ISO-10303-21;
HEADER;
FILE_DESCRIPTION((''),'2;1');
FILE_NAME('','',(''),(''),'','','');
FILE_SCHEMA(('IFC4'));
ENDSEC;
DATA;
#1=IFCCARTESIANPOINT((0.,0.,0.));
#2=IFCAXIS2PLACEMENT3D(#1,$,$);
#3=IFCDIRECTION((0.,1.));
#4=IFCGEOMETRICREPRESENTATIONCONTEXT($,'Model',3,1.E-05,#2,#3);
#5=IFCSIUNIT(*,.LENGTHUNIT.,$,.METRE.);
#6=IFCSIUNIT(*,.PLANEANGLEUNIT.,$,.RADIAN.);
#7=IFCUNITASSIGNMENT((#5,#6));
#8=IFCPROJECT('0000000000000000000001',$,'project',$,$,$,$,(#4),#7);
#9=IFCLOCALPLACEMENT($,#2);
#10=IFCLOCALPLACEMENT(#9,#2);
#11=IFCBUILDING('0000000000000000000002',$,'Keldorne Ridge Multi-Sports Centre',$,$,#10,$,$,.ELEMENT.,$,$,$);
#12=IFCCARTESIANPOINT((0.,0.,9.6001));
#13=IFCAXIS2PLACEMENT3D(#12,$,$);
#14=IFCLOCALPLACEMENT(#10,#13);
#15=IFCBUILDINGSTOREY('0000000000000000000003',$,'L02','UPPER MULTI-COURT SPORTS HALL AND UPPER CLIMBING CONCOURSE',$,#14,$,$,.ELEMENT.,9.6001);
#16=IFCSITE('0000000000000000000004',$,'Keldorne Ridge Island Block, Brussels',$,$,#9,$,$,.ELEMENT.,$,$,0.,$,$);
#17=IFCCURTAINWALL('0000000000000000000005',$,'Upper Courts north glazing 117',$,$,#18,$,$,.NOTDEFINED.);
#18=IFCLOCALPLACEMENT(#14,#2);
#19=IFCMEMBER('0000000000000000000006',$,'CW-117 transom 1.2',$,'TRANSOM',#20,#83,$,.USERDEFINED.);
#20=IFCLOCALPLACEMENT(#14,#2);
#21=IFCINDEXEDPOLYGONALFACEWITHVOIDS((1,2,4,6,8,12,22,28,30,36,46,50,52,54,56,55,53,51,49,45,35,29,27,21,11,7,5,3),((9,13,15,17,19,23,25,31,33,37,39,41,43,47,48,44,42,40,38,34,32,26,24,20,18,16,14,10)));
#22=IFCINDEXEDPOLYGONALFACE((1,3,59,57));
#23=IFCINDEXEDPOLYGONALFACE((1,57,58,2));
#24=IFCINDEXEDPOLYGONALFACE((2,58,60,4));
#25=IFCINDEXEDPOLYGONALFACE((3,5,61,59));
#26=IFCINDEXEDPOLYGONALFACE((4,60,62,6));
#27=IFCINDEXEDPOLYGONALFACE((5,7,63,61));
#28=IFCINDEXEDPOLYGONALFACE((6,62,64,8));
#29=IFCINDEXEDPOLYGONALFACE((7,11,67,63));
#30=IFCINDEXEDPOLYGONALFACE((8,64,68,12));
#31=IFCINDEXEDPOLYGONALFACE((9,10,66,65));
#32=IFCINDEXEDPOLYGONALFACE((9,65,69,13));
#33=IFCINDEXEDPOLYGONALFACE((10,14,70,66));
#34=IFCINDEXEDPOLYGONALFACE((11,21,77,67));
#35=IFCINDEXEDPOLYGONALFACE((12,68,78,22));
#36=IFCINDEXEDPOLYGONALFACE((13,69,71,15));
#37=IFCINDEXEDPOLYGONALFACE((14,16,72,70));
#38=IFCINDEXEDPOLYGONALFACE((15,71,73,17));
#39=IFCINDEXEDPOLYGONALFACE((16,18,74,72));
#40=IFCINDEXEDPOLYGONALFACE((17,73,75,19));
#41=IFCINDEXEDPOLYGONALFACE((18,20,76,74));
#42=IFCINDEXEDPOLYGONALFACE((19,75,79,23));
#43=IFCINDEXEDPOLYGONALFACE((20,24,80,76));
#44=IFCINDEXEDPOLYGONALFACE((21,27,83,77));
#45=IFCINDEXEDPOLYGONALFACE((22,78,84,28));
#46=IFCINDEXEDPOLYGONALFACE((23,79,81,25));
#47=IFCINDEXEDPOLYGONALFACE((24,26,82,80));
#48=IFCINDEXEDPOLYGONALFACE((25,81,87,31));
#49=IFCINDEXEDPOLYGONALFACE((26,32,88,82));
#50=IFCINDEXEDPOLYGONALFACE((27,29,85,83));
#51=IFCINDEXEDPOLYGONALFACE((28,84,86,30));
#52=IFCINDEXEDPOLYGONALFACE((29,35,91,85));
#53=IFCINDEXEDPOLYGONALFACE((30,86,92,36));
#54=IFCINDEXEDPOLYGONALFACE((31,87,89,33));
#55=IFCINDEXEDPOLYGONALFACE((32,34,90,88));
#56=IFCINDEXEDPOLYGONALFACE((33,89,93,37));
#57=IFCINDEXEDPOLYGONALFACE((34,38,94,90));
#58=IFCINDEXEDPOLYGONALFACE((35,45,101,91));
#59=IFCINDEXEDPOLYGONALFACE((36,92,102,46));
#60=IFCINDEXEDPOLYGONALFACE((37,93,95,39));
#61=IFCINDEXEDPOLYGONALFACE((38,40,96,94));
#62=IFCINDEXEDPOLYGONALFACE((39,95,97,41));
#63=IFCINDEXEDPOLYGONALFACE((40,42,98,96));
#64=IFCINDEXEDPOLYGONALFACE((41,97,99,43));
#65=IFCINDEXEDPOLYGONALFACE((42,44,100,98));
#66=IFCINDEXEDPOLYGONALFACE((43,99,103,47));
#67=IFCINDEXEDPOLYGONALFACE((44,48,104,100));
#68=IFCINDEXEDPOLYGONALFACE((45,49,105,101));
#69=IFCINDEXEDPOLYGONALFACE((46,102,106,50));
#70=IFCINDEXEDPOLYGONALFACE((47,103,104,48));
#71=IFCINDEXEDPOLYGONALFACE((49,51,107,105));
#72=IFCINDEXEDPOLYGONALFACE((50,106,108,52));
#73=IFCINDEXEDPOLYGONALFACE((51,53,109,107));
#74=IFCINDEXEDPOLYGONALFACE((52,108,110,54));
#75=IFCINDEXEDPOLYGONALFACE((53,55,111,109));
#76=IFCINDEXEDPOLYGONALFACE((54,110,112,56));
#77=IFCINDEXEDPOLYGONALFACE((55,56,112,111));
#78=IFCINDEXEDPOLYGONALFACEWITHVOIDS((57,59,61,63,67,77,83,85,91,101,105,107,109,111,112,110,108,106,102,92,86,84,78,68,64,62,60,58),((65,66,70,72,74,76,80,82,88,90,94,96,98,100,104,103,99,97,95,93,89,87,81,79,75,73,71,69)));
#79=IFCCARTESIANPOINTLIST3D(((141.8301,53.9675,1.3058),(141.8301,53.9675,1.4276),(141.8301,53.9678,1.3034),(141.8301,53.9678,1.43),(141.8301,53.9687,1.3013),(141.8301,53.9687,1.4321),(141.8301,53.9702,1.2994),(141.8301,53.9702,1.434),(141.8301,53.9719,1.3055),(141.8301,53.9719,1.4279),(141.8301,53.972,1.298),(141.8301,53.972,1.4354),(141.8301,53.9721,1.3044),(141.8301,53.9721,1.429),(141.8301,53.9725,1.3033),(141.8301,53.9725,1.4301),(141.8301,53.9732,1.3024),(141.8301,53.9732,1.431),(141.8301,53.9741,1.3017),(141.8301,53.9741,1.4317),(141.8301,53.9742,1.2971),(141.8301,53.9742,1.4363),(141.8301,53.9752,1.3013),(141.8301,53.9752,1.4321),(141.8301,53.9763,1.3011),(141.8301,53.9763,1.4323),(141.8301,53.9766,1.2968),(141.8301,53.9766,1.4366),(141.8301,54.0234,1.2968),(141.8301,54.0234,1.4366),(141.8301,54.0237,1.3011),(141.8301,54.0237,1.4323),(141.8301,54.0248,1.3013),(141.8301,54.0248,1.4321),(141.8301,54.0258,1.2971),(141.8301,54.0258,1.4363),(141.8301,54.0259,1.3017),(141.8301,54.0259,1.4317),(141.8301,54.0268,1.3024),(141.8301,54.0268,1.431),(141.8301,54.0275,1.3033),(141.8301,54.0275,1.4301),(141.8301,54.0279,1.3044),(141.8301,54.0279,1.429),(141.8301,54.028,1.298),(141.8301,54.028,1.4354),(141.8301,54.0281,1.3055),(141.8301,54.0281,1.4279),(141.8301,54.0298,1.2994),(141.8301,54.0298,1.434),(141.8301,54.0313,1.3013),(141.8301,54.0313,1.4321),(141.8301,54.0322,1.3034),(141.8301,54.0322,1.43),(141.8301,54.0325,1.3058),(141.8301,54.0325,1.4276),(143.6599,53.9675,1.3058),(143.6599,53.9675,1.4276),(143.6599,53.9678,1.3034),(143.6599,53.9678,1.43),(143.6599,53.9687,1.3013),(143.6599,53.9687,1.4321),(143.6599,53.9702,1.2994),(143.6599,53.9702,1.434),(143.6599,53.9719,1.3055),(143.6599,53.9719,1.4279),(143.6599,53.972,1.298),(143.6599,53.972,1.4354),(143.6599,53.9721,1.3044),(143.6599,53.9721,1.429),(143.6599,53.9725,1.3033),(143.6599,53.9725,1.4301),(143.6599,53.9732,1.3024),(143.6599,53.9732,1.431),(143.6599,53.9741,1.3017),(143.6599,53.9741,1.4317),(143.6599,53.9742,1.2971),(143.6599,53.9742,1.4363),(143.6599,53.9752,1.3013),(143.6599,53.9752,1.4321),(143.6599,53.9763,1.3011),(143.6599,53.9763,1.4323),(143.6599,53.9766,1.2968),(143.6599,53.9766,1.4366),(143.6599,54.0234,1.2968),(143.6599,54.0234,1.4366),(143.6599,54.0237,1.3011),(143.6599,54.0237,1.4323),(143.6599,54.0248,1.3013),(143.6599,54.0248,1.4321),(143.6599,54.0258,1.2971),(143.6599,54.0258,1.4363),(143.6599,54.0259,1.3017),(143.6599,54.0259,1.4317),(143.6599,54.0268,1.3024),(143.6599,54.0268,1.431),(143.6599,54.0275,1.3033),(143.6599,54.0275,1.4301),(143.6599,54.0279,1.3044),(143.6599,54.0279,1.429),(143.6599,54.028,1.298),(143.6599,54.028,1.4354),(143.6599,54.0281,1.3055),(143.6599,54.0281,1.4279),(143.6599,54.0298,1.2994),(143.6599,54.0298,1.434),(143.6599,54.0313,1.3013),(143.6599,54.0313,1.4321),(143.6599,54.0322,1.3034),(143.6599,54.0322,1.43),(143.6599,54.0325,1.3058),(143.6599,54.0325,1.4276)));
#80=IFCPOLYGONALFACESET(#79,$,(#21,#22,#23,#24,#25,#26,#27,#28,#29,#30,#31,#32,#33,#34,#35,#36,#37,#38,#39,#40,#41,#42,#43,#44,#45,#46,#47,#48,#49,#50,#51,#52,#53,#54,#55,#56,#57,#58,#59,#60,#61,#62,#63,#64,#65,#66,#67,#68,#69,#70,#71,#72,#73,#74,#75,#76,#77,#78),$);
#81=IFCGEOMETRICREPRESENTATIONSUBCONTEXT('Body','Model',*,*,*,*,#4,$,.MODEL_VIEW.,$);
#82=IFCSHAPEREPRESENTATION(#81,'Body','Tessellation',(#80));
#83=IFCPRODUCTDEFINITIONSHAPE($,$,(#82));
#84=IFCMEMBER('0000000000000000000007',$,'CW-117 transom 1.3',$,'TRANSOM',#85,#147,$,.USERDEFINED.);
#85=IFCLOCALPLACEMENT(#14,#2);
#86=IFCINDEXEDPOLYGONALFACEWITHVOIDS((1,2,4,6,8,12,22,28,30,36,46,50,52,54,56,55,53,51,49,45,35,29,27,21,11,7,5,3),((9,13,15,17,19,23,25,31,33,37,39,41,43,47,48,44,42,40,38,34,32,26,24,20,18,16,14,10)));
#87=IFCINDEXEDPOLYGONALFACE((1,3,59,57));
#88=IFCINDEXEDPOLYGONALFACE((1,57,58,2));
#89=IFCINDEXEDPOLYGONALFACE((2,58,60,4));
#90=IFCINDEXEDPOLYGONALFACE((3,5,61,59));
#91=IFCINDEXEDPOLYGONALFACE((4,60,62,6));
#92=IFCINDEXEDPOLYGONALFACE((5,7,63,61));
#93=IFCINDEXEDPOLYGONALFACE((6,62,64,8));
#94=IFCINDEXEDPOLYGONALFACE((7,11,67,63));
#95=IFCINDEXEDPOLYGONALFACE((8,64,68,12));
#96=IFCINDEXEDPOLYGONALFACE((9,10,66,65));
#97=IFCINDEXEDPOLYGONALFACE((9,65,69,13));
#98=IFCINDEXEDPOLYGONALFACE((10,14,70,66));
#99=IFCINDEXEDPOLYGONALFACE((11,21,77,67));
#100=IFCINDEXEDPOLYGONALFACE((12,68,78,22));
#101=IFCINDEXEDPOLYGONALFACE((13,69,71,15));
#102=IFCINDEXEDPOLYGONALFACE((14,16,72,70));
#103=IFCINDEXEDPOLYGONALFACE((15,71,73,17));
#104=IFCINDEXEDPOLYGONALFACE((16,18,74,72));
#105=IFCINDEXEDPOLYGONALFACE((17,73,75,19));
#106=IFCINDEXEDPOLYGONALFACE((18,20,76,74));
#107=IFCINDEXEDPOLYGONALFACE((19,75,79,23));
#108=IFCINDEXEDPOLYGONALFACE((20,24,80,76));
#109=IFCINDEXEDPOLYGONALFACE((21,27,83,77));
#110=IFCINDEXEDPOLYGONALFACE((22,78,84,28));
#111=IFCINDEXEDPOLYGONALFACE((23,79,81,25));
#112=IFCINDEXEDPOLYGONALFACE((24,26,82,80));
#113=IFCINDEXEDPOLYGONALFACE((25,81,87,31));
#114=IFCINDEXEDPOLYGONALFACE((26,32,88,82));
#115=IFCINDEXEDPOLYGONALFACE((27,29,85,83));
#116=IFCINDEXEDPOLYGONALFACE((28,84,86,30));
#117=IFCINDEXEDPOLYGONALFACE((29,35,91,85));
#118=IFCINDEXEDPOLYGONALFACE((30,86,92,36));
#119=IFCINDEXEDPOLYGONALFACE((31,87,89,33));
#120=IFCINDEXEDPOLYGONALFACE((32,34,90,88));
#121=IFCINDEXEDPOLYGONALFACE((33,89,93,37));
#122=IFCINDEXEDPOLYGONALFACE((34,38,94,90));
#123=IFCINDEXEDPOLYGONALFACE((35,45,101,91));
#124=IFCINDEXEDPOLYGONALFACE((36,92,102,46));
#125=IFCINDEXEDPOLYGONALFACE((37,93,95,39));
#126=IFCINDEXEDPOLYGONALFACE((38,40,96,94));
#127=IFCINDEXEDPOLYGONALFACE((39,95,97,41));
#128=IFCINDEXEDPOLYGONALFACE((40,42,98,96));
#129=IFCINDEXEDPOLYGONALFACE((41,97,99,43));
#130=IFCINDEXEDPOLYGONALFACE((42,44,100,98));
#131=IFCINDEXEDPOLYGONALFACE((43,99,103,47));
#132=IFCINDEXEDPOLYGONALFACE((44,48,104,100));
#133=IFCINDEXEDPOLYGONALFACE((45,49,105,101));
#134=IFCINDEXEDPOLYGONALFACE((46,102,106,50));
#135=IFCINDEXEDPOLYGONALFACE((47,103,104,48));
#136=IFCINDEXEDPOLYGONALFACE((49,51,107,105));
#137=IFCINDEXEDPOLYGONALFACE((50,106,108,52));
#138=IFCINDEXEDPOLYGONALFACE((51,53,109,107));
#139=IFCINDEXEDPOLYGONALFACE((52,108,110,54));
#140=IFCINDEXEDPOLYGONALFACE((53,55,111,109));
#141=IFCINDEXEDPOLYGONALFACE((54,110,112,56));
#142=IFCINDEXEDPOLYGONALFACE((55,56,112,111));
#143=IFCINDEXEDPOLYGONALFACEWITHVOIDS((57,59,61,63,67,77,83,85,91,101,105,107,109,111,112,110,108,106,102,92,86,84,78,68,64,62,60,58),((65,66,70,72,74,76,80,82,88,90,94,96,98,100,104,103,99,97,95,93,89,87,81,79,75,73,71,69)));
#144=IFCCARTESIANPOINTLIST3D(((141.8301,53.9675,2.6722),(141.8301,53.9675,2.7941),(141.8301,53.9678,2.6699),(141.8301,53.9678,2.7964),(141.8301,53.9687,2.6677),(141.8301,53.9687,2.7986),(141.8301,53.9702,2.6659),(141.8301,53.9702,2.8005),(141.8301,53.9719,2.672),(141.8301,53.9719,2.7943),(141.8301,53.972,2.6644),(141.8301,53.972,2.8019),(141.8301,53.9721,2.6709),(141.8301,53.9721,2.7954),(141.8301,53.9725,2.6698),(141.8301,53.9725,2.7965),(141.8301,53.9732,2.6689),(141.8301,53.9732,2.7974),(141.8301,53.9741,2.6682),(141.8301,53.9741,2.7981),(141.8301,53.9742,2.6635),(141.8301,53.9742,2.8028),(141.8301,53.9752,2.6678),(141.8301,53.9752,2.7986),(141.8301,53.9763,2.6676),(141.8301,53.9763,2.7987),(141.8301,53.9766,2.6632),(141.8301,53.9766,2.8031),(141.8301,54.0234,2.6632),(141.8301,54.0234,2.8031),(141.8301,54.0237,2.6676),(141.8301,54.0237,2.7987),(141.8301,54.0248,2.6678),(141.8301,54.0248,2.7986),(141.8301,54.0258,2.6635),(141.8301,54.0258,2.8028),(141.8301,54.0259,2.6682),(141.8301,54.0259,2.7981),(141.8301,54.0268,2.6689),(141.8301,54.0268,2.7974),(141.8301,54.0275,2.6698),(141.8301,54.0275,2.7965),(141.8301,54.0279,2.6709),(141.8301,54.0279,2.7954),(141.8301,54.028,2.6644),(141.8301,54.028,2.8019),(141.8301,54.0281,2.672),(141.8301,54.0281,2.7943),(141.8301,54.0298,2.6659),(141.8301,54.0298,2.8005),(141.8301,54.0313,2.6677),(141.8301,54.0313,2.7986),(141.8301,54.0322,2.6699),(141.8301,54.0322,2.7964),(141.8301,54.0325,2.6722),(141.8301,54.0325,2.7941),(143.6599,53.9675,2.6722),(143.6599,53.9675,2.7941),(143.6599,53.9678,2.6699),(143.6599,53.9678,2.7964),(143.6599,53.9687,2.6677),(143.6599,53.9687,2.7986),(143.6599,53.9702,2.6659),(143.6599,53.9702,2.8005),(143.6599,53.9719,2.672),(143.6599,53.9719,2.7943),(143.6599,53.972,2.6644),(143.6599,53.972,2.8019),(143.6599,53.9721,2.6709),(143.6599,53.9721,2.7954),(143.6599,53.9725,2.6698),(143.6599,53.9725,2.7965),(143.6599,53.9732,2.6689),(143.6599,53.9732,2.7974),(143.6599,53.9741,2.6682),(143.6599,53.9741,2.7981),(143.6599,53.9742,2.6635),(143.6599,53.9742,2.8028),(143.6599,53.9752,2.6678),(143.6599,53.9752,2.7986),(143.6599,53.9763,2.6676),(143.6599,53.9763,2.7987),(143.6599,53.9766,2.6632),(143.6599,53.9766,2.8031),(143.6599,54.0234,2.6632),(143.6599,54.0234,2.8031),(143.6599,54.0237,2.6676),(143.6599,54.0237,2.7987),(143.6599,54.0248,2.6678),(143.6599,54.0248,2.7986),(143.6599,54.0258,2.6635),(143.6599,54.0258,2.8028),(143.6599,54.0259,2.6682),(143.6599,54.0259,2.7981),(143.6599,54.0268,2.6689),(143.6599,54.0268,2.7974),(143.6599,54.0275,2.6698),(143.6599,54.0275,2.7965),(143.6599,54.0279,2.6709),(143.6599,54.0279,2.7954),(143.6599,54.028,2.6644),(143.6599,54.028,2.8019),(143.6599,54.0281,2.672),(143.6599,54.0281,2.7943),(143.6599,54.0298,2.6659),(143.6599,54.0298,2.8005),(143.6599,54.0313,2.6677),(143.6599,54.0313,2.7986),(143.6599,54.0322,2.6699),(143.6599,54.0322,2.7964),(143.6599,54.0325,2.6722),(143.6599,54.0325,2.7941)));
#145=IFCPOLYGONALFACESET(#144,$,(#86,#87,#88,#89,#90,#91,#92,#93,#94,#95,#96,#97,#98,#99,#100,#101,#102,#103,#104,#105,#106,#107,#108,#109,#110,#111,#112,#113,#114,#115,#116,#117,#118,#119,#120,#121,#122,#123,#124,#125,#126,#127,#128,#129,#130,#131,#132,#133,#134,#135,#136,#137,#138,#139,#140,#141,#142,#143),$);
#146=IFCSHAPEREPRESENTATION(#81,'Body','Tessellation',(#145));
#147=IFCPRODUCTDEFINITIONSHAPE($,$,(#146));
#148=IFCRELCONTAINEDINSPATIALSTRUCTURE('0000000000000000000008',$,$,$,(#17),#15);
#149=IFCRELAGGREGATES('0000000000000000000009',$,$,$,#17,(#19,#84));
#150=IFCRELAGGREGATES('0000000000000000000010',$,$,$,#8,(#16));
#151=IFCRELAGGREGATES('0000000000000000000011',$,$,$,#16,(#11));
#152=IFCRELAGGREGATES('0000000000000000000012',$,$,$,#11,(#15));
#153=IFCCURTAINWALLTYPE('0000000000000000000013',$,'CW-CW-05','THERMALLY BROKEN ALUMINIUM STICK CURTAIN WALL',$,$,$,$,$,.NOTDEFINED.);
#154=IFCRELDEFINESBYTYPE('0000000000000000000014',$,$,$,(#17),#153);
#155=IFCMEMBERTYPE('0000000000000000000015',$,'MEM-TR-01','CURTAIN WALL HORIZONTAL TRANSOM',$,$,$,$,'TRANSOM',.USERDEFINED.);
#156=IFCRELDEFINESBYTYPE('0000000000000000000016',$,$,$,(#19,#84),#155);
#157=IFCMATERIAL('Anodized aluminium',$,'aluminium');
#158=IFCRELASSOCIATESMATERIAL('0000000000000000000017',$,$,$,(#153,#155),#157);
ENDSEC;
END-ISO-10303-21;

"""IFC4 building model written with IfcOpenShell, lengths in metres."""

from ifc_helpers import new_model, si_unit, direction, frame, origin, origin_2d, place, context, subcontext, project, spatial, hollow_rectangle, extrude, material, material_profile, profile_set, type_object, element, aggregate, save


model = new_model("IFC4")

# Units and contexts
model_context = context("Model", 3, precision=1e-05, world=origin(), true_north=direction((0.0, 1.0)))
body_context = subcontext(model_context, "Body", "Model", "MODEL_VIEW")
ifc_project = project(units=[si_unit("LENGTHUNIT", "METRE"), si_unit("PLANEANGLEUNIT", "RADIAN")], contexts=[model_context])

# Site, building, storey
site_placement = place(None, origin())
site = spatial("IfcSite", under=ifc_project, at=site_placement, Name="Keldorne Ridge Island Block, Brussels", CompositionType="ELEMENT", RefElevation=0.0)
building_placement = place(site_placement, origin())
building = spatial("IfcBuilding", under=site, at=building_placement, Name="Keldorne Ridge Multi-Sports Centre", CompositionType="ELEMENT")
storey_placement = place(building_placement, frame((0.0, 0.0, 9.6001)))
storey = spatial("IfcBuildingStorey", under=building, at=storey_placement, Name="L02", Description="UPPER MULTI-COURT SPORTS HALL AND UPPER CLIMBING CONCOURSE", CompositionType="ELEMENT", Elevation=9.6001)

# Curtain wall
ifc_material_1 = material(Name="Anodized aluminium", Category="aluminium")
curtain_wall_type_1 = type_object("IfcCurtainWallType", Name="CW-CW-05", Description="THERMALLY BROKEN ALUMINIUM STICK CURTAIN WALL", PredefinedType="NOTDEFINED", material=ifc_material_1)
curtain_wall_1_placement = place(storey_placement, origin())
curtain_wall_1 = element("IfcCurtainWall", 1, at=curtain_wall_1_placement, inside=storey, type_object=curtain_wall_type_1, Name="Upper Courts north glazing 117", PredefinedType="NOTDEFINED")

# Members
ifc_material_profile_1 = material_profile(ifc_material_1, hollow_rectangle(XDim=0.0649, YDim=0.1399, WallThickness=0.0044, InnerFilletRadius=0.0044, OuterFilletRadius=0.009, at=origin_2d()), Name="ALU TRANSOM 140x65x4.5")
ifc_profile_set_1 = profile_set([ifc_material_profile_1], Name="Anodized aluminium")
member_type_1 = type_object("IfcMemberType", Name="MEM-TR-01", Description="CURTAIN WALL HORIZONTAL TRANSOM", ElementType="TRANSOM", PredefinedType="USERDEFINED", material=ifc_profile_set_1)
member_1_placement = place(storey_placement, frame((143.6599, 54.0, 1.3667), z_axis=(-1.0, 0.0, 0.0), x_axis=(0.0, -1.0, 0.0)))
member_1 = element("IfcMember", 2, at=member_1_placement, type_object=member_type_1, Name="CW-117 transom 1.2", ObjectType="TRANSOM", PredefinedType="USERDEFINED", context=body_context, shape_type="SweptSolid", body=[
    extrude(hollow_rectangle(XDim=0.0649, YDim=0.1399, WallThickness=0.0044, InnerFilletRadius=0.0044, OuterFilletRadius=0.009, at=origin_2d()), origin(), (0.0, 0.0, 1.0), 1.8298),
])
member_2_placement = place(storey_placement, frame((143.6599, 54.0, 2.7332), z_axis=(-1.0, 0.0, 0.0), x_axis=(0.0, -1.0, 0.0)))
member_2 = element("IfcMember", 3, at=member_2_placement, type_object=member_type_1, Name="CW-117 transom 1.3", ObjectType="TRANSOM", PredefinedType="USERDEFINED", context=body_context, shape_type="SweptSolid", body=[
    extrude(hollow_rectangle(XDim=0.0649, YDim=0.1399, WallThickness=0.0044, InnerFilletRadius=0.0044, OuterFilletRadius=0.009, at=origin_2d()), origin(), (0.0, 0.0, 1.0), 1.8298),
])

aggregate(curtain_wall_1, [member_1, member_2])

save(model, "model.ifc")
